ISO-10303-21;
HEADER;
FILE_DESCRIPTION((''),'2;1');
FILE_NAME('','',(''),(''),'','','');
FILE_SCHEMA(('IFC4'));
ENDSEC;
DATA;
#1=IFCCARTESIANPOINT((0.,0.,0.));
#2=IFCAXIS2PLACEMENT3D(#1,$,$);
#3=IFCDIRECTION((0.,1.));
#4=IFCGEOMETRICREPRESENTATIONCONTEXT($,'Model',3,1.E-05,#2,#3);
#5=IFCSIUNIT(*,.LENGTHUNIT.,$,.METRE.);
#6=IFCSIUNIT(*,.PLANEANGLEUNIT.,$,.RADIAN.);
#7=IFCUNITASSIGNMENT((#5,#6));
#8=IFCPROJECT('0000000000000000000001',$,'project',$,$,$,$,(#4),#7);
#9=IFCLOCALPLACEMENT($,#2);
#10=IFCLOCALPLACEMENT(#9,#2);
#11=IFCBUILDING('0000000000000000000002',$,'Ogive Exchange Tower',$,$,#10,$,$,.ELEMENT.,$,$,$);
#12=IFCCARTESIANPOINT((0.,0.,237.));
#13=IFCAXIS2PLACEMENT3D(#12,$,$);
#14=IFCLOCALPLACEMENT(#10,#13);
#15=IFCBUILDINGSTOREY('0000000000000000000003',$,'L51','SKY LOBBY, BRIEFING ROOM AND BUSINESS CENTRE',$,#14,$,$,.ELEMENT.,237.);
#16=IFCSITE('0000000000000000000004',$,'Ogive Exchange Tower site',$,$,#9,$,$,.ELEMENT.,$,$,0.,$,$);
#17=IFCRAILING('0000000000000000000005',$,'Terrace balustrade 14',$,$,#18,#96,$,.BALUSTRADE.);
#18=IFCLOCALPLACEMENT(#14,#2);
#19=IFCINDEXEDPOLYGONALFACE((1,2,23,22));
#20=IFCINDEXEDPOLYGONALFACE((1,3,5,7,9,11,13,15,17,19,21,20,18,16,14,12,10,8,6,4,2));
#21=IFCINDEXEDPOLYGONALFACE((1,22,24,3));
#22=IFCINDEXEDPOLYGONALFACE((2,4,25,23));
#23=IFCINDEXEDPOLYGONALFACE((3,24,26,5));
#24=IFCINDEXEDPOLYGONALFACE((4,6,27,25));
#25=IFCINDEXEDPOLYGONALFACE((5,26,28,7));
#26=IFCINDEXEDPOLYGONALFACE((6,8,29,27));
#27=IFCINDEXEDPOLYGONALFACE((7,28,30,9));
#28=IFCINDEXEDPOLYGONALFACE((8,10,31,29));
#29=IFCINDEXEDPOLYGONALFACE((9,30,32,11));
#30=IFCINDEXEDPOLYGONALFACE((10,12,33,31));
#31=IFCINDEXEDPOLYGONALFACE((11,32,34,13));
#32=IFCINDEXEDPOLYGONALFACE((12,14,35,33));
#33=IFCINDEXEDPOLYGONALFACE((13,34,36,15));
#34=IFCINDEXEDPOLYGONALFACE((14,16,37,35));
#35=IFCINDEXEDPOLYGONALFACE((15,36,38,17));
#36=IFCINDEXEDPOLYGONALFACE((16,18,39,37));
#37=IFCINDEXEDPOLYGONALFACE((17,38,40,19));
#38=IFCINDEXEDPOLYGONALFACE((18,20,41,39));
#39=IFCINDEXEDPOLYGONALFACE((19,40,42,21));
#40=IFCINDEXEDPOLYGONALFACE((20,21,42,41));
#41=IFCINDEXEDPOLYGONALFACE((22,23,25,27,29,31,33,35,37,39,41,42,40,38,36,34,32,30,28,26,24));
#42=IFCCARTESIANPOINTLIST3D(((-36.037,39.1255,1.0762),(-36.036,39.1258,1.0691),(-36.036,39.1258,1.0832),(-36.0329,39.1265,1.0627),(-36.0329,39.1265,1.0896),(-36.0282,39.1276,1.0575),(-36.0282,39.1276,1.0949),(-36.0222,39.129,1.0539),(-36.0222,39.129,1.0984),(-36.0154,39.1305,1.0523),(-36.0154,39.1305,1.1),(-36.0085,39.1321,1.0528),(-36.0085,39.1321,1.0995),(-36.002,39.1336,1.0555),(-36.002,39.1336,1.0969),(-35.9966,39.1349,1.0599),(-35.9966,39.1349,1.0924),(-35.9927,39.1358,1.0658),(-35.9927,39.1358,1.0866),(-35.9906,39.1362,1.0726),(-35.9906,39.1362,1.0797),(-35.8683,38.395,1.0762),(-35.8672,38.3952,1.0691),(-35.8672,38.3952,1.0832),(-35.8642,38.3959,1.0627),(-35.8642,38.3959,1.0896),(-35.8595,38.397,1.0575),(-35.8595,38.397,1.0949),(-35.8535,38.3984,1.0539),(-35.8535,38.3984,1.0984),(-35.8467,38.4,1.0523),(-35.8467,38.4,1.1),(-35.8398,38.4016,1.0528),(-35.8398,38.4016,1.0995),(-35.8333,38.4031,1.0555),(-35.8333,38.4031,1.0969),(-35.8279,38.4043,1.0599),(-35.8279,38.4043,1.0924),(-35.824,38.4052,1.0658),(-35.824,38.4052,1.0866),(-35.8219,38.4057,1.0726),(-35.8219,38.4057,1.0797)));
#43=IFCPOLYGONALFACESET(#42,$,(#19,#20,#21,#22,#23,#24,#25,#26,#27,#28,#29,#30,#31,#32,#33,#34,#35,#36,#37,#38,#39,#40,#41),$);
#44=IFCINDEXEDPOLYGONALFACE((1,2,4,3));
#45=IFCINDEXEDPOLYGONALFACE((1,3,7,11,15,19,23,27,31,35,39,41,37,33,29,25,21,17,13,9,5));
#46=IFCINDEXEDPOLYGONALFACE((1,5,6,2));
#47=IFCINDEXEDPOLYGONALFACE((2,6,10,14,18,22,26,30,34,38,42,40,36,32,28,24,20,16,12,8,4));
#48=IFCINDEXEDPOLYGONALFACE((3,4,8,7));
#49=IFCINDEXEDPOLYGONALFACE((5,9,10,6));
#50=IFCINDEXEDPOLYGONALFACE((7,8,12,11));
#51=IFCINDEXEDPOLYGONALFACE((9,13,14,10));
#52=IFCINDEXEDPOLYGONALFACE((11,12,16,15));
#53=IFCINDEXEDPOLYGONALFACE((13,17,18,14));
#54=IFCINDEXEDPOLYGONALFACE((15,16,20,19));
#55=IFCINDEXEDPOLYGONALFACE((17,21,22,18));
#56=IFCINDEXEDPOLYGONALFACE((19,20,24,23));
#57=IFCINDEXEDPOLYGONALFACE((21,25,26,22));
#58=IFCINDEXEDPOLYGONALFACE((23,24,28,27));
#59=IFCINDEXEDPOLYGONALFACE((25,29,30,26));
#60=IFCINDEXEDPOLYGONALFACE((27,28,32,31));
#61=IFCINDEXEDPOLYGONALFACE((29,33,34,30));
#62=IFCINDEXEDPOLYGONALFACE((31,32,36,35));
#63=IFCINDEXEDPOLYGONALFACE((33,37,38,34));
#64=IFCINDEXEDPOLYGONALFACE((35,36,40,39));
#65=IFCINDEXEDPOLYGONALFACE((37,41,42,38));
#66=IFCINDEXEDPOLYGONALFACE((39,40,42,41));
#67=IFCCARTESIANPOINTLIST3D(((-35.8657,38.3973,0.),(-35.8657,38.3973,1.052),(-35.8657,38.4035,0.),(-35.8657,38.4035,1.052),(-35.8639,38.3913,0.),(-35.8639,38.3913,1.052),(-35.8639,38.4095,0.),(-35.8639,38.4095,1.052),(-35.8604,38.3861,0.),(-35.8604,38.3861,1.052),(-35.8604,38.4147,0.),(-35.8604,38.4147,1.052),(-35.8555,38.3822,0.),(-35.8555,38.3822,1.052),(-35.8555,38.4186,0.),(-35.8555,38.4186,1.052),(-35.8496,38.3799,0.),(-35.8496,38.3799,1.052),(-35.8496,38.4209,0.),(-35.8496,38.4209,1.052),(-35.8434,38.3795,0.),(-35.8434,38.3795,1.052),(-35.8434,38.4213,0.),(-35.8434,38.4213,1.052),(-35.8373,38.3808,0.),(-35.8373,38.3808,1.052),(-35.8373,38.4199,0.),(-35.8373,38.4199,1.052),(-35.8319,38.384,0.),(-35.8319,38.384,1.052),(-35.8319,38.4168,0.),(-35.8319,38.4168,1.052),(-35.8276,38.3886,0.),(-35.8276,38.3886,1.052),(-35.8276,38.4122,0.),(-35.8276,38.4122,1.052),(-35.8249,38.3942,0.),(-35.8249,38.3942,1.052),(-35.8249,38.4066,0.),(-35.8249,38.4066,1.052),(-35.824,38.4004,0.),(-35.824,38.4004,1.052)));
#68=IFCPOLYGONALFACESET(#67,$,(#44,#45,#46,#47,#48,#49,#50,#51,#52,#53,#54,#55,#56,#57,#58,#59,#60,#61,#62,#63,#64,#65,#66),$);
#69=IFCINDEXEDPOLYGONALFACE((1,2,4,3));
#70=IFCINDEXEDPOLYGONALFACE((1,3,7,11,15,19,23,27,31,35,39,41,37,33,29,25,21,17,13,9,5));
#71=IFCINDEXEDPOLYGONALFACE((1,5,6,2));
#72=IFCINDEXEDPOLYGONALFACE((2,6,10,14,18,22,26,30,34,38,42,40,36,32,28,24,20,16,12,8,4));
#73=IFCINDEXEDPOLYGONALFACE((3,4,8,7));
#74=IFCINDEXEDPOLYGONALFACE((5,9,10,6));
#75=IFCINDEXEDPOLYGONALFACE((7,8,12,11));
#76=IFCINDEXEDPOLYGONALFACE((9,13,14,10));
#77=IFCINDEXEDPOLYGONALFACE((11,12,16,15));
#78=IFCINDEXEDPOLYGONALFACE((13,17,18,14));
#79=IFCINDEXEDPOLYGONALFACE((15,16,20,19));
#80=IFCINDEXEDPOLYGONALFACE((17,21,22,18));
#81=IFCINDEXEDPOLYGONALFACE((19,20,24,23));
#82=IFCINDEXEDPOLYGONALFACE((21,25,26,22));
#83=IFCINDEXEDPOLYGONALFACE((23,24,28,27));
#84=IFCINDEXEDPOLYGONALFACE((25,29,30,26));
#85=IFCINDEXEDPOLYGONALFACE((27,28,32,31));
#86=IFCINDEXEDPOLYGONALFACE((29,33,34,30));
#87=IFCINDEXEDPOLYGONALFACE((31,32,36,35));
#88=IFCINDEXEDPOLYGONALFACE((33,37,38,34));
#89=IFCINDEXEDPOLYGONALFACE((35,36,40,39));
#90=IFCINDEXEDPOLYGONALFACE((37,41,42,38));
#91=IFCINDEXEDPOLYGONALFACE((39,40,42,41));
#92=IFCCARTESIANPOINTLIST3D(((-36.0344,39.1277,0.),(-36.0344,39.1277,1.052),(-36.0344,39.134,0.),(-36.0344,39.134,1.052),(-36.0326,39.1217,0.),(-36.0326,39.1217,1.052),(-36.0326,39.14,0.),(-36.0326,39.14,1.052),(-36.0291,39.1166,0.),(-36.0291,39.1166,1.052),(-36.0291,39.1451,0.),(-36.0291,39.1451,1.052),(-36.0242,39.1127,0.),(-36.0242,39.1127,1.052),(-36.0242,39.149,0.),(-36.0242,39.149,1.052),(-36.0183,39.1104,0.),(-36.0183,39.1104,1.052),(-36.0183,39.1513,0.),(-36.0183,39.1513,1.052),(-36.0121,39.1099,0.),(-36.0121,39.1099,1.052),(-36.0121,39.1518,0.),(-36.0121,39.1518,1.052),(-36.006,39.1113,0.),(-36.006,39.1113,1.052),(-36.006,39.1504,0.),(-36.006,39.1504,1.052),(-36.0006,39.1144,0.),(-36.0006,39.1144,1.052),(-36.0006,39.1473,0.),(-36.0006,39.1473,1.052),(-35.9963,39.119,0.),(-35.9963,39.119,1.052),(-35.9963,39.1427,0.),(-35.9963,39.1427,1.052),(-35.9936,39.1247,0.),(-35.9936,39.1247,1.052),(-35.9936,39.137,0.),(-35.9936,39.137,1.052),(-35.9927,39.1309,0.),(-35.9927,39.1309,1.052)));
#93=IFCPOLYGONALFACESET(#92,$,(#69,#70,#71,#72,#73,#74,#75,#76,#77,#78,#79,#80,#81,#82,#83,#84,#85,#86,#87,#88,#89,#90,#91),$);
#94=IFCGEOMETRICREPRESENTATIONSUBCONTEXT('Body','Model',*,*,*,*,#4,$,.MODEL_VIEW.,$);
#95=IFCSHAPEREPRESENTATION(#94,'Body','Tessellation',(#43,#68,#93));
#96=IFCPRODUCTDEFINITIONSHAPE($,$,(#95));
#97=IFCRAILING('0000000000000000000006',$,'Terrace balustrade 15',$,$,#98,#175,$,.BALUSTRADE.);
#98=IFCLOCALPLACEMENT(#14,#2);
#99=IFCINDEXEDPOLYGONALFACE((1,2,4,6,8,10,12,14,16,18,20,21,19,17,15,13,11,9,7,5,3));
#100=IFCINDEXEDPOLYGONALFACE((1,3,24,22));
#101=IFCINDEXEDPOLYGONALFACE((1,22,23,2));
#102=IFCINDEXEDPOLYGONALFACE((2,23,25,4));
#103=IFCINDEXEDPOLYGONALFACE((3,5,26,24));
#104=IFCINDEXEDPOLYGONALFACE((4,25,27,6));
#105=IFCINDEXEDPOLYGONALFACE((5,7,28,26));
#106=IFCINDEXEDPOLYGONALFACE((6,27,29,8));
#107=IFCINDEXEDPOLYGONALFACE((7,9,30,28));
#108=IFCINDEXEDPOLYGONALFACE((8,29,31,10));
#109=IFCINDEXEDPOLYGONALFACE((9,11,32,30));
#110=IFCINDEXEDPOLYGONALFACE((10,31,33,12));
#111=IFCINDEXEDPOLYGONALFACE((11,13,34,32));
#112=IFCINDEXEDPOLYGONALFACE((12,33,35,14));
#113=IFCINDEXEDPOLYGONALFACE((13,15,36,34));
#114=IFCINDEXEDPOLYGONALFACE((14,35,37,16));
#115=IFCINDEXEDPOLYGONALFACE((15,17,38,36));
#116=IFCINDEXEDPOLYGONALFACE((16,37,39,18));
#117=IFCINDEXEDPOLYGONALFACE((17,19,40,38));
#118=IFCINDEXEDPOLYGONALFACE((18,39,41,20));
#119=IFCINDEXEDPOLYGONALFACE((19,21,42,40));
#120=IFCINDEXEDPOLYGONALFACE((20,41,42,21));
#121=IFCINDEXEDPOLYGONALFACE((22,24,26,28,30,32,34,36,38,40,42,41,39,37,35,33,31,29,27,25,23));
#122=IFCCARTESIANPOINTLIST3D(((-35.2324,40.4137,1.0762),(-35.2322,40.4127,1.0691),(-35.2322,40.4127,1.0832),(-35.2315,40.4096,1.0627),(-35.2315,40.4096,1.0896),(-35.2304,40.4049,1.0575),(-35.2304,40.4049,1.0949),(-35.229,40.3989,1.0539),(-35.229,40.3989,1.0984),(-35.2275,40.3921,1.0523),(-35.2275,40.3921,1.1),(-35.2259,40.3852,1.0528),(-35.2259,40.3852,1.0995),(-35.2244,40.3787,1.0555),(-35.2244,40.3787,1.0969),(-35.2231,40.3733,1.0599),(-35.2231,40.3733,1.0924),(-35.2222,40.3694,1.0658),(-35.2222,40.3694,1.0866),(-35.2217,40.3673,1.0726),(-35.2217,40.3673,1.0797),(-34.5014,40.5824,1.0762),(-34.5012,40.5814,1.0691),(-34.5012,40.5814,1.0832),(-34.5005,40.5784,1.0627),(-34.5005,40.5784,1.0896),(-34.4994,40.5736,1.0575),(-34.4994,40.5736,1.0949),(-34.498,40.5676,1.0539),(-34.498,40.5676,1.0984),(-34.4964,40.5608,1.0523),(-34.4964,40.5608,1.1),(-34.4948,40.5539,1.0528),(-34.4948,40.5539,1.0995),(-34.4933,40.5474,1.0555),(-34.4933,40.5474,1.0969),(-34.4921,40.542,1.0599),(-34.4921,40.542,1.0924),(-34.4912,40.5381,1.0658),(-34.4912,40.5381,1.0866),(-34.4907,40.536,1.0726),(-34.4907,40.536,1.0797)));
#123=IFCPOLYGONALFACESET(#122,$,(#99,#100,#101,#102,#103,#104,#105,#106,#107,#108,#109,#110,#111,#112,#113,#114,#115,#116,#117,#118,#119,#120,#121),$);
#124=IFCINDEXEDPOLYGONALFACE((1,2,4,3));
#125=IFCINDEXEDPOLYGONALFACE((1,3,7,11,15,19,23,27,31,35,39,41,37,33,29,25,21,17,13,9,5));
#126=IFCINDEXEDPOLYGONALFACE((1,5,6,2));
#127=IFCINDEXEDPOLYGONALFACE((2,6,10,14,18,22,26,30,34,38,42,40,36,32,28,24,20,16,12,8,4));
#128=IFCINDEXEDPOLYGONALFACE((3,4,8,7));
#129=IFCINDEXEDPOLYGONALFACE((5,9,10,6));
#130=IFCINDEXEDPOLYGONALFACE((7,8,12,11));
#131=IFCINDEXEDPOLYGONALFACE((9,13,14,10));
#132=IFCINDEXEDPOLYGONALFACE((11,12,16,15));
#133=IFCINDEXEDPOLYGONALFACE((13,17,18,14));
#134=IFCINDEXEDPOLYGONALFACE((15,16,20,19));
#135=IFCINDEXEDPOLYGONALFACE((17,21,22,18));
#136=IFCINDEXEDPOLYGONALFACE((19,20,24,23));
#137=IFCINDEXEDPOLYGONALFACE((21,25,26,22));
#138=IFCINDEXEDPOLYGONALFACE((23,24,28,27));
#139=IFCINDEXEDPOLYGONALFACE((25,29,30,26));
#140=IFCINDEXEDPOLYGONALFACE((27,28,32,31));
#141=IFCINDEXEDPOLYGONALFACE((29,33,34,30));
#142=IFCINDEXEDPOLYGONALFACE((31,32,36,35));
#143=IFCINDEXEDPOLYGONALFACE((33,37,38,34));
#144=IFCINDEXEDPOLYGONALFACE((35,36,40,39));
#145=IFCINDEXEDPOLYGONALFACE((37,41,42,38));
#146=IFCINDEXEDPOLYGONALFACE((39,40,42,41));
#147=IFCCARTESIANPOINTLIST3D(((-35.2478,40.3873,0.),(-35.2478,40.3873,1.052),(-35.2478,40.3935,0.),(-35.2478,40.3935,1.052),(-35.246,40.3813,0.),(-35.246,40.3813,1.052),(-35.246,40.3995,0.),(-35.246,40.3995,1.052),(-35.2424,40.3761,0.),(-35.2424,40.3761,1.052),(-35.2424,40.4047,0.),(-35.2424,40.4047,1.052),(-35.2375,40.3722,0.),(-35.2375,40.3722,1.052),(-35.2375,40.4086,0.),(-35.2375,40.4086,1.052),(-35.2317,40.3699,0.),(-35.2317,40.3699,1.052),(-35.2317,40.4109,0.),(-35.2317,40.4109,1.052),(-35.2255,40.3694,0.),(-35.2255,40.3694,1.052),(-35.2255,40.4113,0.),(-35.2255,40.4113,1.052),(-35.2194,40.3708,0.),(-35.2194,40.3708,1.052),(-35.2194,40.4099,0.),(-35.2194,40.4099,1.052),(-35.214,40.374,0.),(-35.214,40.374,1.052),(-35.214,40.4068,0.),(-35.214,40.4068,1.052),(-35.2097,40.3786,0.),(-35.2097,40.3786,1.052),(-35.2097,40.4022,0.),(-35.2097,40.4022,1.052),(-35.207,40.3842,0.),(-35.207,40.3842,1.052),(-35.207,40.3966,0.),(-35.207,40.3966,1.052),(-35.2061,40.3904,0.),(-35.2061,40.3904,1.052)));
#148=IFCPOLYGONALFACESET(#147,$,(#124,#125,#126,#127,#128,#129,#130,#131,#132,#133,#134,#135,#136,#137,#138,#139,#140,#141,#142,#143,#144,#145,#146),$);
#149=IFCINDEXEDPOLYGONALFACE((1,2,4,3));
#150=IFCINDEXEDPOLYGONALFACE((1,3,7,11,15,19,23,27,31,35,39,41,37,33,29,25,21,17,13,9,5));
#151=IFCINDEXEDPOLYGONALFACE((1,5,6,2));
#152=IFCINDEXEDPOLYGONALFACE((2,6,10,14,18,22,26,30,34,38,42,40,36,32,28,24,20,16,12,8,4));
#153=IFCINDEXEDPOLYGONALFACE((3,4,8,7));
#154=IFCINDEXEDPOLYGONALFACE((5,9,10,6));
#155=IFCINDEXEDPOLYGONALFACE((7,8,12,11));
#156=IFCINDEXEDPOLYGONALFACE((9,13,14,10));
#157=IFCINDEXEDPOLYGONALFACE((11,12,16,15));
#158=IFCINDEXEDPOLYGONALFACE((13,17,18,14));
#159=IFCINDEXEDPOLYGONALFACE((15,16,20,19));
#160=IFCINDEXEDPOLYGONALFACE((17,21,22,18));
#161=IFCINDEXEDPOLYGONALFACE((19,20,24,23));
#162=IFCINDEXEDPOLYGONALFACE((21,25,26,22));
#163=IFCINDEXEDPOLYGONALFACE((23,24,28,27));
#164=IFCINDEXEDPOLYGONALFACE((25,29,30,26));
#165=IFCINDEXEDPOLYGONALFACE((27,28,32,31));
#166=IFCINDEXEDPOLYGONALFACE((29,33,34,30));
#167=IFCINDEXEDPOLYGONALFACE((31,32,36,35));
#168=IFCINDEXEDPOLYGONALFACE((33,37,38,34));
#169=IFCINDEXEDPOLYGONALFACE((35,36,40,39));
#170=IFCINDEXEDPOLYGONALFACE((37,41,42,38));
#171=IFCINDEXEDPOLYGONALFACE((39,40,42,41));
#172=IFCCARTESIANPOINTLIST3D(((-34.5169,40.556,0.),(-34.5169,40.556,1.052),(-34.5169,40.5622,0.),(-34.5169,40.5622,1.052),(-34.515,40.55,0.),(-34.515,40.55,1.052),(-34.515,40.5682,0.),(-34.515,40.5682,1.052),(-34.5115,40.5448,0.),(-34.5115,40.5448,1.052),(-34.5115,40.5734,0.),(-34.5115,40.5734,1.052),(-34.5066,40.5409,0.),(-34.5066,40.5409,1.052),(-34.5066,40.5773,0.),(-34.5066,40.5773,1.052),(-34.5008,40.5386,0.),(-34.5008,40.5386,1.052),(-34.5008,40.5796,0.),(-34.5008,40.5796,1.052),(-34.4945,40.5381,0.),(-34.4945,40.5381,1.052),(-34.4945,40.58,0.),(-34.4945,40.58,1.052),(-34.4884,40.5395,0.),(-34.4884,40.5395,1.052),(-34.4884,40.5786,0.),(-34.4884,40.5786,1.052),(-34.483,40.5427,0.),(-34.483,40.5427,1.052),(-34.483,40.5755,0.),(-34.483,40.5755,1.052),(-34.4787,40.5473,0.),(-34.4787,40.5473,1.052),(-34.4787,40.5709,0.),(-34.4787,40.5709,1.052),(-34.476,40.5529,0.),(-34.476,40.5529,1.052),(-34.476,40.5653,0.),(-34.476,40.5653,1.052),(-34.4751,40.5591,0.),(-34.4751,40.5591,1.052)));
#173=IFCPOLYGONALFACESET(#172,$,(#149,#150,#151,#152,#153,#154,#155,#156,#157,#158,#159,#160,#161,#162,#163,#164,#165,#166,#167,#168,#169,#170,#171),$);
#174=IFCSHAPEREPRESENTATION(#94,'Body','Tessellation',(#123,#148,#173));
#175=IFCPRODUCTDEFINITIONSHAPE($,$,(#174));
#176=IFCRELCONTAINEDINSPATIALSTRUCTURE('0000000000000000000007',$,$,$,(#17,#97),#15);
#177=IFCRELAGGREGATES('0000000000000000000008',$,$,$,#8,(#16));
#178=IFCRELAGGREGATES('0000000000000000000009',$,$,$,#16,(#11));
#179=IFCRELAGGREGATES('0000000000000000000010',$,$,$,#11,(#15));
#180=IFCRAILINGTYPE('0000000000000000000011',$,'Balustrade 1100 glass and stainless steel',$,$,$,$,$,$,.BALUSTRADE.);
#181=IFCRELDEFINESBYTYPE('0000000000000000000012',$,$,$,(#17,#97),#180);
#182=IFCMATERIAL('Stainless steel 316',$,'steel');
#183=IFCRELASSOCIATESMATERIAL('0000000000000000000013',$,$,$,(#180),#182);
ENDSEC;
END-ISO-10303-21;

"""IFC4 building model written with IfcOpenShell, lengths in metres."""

from ifc_helpers import new_model, si_unit, direction, frame, origin, origin_2d, place, context, subcontext, project, spatial, circle, extrude, material, type_object, element, save


model = new_model("IFC4")

# Units and contexts
model_context = context("Model", 3, precision=1e-05, world=origin(), true_north=direction((0.0, 1.0)))
body_context = subcontext(model_context, "Body", "Model", "MODEL_VIEW")
ifc_project = project(units=[si_unit("LENGTHUNIT", "METRE"), si_unit("PLANEANGLEUNIT", "RADIAN")], contexts=[model_context])

# Site, building, storey
site_placement = place(None, origin())
site = spatial("IfcSite", under=ifc_project, at=site_placement, Name="Ogive Exchange Tower site", CompositionType="ELEMENT", RefElevation=0.0)
building_placement = place(site_placement, origin())
building = spatial("IfcBuilding", under=site, at=building_placement, Name="Ogive Exchange Tower", CompositionType="ELEMENT")
storey_placement = place(building_placement, frame((0.0, 0.0, 237.0)))
storey = spatial("IfcBuildingStorey", under=building, at=storey_placement, Name="L51", Description="SKY LOBBY, BRIEFING ROOM AND BUSINESS CENTRE", CompositionType="ELEMENT", Elevation=237.0)

# Railings
ifc_material_1 = material(Name="Stainless steel 316", Category="steel")
railing_type = type_object("IfcRailingType", Name="Balustrade 1100 glass and stainless steel", PredefinedType="BALUSTRADE", material=ifc_material_1)
railing_1_placement = place(storey_placement, frame((-35.845, 38.4004, 0.0)))
element("IfcRailing", 1, at=railing_1_placement, inside=storey, type_object=railing_type, Name="Terrace balustrade 14", PredefinedType="BALUSTRADE", context=body_context, shape_type="SweptSolid", body=[
    extrude(circle(Radius=0.0239, at=origin_2d()), frame((0.0, 0.0, 1.0762), z_axis=(-0.225026, 0.974353, 0.0), x_axis=(-0.974353, -0.225026, 0.0)), (0.0, 0.0, 1.0), 0.7498),
    extrude(circle(Radius=0.021, at=origin_2d()), origin(), (0.0, 0.0, 1.0), 1.052),
    extrude(circle(Radius=0.021, at=origin_2d()), frame((-0.1687, 0.7305, 0.0)), (0.0, 0.0, 1.0), 1.052),
])
railing_2_placement = place(storey_placement, frame((-35.2271, 40.3904, 0.0)))
element("IfcRailing", 2, at=railing_2_placement, inside=storey, type_object=railing_type, Name="Terrace balustrade 15", PredefinedType="BALUSTRADE", context=body_context, shape_type="SweptSolid", body=[
    extrude(circle(Radius=0.0239, at=origin_2d()), frame((0.0, 0.0, 1.0762), z_axis=(0.974386, 0.224883, 0.0), x_axis=(-0.224883, 0.974386, 0.0)), (0.0, 0.0, 1.0), 0.7502),
    extrude(circle(Radius=0.021, at=origin_2d()), origin(), (0.0, 0.0, 1.0), 1.052),
    extrude(circle(Radius=0.021, at=origin_2d()), frame((0.731, 0.1687, 0.0)), (0.0, 0.0, 1.0), 1.052),
])

save(model, "model.ifc")
